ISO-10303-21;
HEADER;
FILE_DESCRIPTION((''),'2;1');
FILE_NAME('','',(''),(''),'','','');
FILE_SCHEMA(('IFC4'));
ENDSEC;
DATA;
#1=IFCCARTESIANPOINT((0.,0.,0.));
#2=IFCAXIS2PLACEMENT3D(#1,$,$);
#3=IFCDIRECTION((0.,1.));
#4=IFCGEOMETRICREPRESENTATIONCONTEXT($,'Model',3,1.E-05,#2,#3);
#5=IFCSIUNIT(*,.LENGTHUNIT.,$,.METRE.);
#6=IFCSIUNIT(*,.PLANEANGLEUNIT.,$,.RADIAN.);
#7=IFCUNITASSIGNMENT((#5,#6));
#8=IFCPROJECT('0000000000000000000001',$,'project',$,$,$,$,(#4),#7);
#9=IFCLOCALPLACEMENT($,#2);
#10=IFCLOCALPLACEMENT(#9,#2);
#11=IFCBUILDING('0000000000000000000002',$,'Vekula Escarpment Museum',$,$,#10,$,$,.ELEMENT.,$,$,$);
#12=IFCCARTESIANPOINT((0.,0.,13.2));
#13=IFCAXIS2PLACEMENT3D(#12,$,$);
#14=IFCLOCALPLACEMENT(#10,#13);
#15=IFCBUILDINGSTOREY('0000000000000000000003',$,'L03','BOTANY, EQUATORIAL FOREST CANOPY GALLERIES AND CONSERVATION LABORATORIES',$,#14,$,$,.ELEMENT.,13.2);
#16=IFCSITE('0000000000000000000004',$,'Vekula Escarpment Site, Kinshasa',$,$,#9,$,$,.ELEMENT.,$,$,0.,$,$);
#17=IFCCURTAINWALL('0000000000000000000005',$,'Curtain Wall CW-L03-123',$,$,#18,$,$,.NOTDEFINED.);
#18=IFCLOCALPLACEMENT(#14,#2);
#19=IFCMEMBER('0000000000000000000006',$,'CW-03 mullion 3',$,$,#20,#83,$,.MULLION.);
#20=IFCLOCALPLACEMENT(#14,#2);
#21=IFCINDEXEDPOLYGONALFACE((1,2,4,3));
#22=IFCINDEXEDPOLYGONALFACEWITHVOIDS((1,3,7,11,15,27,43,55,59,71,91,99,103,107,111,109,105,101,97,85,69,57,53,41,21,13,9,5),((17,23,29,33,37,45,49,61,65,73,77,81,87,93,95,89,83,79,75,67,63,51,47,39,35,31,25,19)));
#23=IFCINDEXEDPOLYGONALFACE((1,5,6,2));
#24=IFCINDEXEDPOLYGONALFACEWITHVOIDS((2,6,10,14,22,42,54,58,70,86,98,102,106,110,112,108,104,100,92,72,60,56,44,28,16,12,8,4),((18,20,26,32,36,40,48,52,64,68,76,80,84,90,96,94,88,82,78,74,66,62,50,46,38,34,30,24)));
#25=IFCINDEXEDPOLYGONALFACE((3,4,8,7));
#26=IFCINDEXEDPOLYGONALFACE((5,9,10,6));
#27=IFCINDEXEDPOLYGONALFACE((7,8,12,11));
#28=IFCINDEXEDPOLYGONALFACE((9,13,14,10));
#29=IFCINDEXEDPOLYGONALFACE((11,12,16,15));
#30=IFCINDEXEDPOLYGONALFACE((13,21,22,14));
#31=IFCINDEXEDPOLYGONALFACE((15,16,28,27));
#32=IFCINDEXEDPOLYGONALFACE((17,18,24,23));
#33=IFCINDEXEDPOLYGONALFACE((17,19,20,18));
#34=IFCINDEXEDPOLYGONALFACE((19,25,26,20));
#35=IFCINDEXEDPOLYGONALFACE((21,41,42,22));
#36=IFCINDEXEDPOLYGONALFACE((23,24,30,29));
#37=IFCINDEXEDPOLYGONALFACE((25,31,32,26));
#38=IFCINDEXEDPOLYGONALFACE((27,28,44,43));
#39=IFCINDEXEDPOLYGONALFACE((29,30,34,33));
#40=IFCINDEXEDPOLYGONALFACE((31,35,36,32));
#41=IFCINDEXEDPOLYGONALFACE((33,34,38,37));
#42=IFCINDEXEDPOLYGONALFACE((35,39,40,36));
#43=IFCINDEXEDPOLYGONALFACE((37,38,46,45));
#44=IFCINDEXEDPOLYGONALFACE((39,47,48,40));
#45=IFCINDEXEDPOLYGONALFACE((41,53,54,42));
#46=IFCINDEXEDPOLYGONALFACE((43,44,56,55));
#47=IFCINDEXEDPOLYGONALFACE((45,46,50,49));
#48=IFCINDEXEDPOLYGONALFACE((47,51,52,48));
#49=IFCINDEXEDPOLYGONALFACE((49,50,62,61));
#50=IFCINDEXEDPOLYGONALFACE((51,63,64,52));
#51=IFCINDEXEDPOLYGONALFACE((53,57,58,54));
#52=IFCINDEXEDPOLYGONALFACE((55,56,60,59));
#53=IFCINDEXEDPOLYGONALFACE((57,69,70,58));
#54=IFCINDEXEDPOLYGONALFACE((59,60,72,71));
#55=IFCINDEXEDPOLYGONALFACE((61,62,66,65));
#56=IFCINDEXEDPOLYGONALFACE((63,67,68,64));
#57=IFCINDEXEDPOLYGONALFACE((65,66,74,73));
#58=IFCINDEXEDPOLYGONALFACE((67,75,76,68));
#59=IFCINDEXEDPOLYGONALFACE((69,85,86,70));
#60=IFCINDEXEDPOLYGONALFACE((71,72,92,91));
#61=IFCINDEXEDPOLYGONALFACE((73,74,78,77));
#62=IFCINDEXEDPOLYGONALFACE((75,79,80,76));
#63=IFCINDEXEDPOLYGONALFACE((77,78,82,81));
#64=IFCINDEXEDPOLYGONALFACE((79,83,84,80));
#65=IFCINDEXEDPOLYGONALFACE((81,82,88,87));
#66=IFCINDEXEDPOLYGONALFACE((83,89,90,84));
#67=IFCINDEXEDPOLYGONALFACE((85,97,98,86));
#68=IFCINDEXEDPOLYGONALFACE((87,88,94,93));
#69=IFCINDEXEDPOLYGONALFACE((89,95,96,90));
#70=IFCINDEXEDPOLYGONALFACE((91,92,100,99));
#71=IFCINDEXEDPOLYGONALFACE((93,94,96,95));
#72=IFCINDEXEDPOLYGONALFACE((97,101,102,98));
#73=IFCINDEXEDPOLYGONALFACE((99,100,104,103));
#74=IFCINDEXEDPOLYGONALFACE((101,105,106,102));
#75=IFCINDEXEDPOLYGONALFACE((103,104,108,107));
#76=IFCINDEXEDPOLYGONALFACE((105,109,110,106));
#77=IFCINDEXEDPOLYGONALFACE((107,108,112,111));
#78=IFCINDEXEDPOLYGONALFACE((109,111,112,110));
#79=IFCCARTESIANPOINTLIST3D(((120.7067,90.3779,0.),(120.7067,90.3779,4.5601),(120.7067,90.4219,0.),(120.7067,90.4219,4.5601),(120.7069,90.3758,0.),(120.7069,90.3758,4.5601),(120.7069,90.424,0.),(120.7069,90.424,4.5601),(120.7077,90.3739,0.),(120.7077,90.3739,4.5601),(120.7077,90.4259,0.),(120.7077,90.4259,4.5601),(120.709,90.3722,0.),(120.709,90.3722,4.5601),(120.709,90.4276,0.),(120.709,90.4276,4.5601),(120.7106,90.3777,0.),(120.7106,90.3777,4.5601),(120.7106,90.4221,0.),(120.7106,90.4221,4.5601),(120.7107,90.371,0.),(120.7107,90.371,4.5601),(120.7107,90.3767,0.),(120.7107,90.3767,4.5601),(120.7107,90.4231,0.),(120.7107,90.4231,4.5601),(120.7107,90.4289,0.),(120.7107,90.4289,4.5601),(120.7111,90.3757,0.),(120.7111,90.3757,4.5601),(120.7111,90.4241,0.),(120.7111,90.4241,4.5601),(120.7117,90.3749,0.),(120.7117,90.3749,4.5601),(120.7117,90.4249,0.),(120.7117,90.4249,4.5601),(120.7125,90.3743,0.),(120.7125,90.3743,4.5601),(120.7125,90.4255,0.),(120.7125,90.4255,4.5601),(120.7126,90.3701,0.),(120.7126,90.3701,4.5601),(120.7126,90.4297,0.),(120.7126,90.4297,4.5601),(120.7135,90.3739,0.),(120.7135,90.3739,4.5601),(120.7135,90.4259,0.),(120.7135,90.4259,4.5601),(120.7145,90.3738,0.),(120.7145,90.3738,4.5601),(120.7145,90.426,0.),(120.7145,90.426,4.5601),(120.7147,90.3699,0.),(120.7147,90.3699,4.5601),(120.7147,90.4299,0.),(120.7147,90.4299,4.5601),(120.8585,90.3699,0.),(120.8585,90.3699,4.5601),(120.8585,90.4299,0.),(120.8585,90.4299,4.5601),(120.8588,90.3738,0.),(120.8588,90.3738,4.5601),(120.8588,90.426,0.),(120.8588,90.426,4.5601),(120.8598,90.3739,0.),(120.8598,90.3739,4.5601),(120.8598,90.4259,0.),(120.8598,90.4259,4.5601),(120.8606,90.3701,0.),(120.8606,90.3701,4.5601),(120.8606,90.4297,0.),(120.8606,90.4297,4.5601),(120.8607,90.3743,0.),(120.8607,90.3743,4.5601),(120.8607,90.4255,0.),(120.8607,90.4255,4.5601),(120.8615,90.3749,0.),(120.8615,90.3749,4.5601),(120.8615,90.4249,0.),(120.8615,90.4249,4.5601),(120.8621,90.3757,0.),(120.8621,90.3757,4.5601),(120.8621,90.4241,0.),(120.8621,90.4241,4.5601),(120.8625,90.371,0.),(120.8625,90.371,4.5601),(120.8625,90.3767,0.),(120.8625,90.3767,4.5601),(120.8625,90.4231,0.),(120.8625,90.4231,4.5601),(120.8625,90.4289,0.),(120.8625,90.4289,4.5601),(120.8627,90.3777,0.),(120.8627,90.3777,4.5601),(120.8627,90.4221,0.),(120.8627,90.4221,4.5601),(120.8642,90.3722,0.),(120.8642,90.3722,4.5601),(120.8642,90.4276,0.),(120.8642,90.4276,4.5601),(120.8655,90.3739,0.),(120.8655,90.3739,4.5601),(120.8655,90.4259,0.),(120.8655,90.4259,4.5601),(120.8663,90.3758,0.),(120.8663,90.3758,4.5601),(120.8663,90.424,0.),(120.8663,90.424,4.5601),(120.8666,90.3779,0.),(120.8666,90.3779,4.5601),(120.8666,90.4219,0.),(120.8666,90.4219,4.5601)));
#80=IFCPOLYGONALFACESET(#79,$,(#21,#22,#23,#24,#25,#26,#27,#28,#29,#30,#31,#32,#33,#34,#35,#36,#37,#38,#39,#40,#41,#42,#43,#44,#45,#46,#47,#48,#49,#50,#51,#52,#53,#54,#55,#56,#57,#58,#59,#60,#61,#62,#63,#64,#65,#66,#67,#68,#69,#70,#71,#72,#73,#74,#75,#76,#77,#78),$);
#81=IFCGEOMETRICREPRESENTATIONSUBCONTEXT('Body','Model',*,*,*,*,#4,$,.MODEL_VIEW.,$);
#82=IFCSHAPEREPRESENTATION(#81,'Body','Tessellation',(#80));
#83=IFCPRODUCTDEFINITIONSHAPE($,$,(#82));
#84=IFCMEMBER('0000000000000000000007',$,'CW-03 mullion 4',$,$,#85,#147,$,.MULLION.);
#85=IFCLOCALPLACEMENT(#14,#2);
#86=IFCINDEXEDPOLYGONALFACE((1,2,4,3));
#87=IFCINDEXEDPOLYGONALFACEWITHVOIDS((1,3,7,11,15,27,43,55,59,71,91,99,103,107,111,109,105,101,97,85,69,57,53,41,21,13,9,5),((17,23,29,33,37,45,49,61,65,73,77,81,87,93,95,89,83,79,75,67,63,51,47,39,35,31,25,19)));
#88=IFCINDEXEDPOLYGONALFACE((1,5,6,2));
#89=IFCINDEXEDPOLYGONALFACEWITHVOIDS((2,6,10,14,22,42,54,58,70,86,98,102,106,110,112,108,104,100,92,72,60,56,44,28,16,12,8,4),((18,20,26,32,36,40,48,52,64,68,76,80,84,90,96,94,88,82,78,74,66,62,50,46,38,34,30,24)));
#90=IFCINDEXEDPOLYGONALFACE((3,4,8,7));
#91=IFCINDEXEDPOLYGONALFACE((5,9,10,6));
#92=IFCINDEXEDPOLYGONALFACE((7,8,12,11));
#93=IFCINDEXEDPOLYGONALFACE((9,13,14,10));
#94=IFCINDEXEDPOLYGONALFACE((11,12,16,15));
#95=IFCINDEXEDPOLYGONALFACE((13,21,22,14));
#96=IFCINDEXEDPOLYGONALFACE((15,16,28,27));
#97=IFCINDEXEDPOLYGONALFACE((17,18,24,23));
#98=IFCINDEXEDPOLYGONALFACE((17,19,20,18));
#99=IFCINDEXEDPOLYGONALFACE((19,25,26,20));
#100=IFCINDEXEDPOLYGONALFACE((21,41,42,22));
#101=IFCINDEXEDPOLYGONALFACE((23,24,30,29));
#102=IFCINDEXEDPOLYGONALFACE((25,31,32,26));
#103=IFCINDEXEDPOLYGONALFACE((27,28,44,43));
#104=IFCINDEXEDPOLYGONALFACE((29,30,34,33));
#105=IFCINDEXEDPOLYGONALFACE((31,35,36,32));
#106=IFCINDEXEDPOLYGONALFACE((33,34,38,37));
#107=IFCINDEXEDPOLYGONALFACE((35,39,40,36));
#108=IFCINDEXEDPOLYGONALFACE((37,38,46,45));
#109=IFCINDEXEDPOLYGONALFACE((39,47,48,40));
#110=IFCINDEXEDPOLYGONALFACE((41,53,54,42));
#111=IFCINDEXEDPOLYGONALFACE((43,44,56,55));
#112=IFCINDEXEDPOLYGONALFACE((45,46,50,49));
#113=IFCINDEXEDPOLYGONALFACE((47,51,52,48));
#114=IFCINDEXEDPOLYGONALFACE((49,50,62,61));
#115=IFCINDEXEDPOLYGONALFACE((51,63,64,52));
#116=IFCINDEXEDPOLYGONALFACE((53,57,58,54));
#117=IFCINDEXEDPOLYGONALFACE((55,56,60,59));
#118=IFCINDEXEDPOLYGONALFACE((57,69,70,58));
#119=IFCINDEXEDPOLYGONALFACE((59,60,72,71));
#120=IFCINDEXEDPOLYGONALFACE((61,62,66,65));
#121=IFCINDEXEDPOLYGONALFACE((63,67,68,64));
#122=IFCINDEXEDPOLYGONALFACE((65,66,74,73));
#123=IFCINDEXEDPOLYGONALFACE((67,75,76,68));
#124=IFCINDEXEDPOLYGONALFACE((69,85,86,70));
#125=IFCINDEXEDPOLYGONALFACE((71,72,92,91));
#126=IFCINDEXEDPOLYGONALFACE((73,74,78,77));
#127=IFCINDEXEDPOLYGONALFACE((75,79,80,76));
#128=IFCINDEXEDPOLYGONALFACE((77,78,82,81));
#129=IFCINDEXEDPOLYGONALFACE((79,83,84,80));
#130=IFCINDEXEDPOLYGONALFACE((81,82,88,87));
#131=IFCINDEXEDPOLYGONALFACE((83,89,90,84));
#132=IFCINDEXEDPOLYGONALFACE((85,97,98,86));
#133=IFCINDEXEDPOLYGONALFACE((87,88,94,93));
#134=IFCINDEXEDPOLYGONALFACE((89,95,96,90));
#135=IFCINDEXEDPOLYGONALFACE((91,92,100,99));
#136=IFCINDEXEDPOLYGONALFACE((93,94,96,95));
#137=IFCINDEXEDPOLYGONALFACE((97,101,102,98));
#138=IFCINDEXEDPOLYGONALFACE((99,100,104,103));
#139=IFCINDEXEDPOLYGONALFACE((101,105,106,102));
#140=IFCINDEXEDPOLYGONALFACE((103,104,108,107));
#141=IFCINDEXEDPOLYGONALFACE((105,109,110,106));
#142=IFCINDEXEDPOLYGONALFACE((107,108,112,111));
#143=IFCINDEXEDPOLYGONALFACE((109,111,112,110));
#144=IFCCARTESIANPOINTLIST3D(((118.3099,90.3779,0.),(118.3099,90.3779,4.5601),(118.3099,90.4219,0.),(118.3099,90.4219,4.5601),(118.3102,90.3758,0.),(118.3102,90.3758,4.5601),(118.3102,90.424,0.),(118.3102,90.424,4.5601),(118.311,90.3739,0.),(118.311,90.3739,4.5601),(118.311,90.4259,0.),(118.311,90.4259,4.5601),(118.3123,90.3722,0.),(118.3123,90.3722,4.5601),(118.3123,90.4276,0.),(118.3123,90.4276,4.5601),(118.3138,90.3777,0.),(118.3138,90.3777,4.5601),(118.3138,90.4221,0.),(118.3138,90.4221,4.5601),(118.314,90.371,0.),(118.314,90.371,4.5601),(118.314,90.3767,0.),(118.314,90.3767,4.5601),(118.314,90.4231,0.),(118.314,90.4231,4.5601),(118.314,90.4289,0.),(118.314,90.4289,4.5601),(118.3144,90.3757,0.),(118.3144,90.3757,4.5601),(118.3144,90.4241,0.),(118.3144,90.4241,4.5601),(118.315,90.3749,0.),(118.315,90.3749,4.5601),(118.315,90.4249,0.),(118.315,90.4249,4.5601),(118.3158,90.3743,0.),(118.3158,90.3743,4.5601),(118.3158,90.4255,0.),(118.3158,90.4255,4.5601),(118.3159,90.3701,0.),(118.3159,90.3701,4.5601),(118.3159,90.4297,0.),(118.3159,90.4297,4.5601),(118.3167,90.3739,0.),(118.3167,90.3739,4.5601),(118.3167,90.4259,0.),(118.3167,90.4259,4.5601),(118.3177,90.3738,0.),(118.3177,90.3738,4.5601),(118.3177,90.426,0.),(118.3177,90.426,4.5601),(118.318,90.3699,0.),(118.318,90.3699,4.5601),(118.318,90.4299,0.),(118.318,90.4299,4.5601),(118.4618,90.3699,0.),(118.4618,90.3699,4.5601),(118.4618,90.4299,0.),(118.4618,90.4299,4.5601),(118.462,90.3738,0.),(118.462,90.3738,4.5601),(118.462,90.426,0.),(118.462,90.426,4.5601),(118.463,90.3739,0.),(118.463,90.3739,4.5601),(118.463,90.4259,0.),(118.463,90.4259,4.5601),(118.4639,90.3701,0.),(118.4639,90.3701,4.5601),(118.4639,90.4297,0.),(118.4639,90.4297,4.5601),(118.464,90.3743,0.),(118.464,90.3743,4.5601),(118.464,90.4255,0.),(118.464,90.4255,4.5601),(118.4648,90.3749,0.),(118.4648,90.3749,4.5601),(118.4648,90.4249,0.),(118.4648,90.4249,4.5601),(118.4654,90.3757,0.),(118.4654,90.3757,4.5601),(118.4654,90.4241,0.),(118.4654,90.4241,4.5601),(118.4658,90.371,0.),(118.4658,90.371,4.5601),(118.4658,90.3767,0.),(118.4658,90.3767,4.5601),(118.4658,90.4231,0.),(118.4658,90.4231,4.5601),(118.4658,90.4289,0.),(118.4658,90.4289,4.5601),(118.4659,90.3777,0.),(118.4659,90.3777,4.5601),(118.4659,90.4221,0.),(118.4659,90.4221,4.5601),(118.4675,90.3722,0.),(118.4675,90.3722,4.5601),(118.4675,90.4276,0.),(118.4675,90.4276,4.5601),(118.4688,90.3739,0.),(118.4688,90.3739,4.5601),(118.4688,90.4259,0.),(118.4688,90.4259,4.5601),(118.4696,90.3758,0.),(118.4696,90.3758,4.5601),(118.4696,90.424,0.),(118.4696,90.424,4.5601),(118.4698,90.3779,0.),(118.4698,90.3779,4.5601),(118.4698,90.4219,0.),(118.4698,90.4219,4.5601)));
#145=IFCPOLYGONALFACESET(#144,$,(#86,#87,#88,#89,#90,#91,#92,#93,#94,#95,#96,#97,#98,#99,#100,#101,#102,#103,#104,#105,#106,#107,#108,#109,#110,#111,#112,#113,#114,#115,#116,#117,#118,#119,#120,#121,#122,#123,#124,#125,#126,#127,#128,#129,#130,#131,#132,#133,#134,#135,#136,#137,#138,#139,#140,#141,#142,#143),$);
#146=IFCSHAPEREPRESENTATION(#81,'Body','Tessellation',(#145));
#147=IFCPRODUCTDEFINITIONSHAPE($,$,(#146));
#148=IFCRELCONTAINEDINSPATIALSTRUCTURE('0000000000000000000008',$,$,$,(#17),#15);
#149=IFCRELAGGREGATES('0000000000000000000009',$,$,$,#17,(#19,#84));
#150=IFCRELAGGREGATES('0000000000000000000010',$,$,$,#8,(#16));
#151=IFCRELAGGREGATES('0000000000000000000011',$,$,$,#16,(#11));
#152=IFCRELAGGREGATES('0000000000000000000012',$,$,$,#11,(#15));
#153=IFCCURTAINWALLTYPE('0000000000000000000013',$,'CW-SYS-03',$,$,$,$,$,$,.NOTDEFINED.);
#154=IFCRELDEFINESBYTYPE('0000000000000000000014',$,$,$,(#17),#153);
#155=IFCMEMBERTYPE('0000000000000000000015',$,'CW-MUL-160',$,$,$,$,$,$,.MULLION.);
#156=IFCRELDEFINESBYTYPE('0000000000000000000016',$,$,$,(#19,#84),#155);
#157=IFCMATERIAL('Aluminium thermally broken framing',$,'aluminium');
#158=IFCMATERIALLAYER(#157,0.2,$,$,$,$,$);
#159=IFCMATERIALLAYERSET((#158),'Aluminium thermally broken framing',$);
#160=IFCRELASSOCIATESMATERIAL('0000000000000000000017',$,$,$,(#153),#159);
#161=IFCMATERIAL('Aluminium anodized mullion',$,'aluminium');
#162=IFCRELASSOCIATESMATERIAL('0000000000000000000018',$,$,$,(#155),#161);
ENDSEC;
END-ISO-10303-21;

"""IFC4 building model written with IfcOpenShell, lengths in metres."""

from ifc_helpers import new_model, si_unit, direction, frame, origin, origin_2d, place, context, subcontext, project, spatial, hollow_rectangle, extrude, material, layer, layer_set, material_profile, profile_set, type_object, element, aggregate, save


model = new_model("IFC4")

# Units and contexts
model_context = context("Model", 3, precision=1e-05, world=origin(), true_north=direction((0.0, 1.0)))
body_context = subcontext(model_context, "Body", "Model", "MODEL_VIEW")
ifc_project = project(units=[si_unit("LENGTHUNIT", "METRE"), si_unit("PLANEANGLEUNIT", "RADIAN")], contexts=[model_context])

# Site, building, storey
site_placement = place(None, origin())
site = spatial("IfcSite", under=ifc_project, at=site_placement, Name="Vekula Escarpment Site, Kinshasa", CompositionType="ELEMENT", RefElevation=0.0)
building_placement = place(site_placement, origin())
building = spatial("IfcBuilding", under=site, at=building_placement, Name="Vekula Escarpment Museum", CompositionType="ELEMENT")
storey_placement = place(building_placement, frame((0.0, 0.0, 13.2)))
storey = spatial("IfcBuildingStorey", under=building, at=storey_placement, Name="L03", Description="BOTANY, EQUATORIAL FOREST CANOPY GALLERIES AND CONSERVATION LABORATORIES", CompositionType="ELEMENT", Elevation=13.2)

# Curtain wall, members
ifc_material_1 = material(Name="Aluminium thermally broken framing", Category="aluminium")
ifc_layer_1 = layer(ifc_material_1, 0.2)
ifc_layer_set_1 = layer_set([ifc_layer_1], Name="Aluminium thermally broken framing")
curtain_wall_type_1 = type_object("IfcCurtainWallType", Name="CW-SYS-03", PredefinedType="NOTDEFINED", material=ifc_layer_set_1)
curtain_wall_1_placement = place(storey_placement, origin())
curtain_wall_1 = element("IfcCurtainWall", 1, at=curtain_wall_1_placement, inside=storey, type_object=curtain_wall_type_1, Name="Curtain Wall CW-L03-123", PredefinedType="NOTDEFINED")
ifc_material_2 = material(Name="Aluminium anodized mullion", Category="aluminium")
ifc_material_profile_1 = material_profile(ifc_material_2, hollow_rectangle(XDim=0.0601, YDim=0.1599, WallThickness=0.0039, InnerFilletRadius=0.0039, OuterFilletRadius=0.0081, at=origin_2d()), Name="ALU 160x60x4")
ifc_profile_set_1 = profile_set([ifc_material_profile_1], Name="Aluminium anodized mullion")
member_type_1 = type_object("IfcMemberType", Name="CW-MUL-160", PredefinedType="MULLION", material=ifc_profile_set_1)
member_1_placement = place(storey_placement, frame((120.7866, 90.3999, 0.0), z_axis=(0.0, 0.0, 1.0), x_axis=(0.0, -1.0, 0.0)))
member_1 = element("IfcMember", 2, at=member_1_placement, type_object=member_type_1, Name="CW-03 mullion 3", PredefinedType="MULLION", context=body_context, shape_type="SweptSolid", body=[
    extrude(hollow_rectangle(XDim=0.0601, YDim=0.1599, WallThickness=0.0039, InnerFilletRadius=0.0039, OuterFilletRadius=0.0081, at=origin_2d()), origin(), (0.0, 0.0, 1.0), 4.5601),
])
member_2_placement = place(storey_placement, frame((118.3899, 90.3999, 0.0), z_axis=(0.0, 0.0, 1.0), x_axis=(0.0, -1.0, 0.0)))
member_2 = element("IfcMember", 3, at=member_2_placement, type_object=member_type_1, Name="CW-03 mullion 4", PredefinedType="MULLION", context=body_context, shape_type="SweptSolid", body=[
    extrude(hollow_rectangle(XDim=0.0601, YDim=0.1599, WallThickness=0.0039, InnerFilletRadius=0.0039, OuterFilletRadius=0.0081, at=origin_2d()), origin(), (0.0, 0.0, 1.0), 4.5601),
])

aggregate(curtain_wall_1, [member_1, member_2])

save(model, "model.ifc")
